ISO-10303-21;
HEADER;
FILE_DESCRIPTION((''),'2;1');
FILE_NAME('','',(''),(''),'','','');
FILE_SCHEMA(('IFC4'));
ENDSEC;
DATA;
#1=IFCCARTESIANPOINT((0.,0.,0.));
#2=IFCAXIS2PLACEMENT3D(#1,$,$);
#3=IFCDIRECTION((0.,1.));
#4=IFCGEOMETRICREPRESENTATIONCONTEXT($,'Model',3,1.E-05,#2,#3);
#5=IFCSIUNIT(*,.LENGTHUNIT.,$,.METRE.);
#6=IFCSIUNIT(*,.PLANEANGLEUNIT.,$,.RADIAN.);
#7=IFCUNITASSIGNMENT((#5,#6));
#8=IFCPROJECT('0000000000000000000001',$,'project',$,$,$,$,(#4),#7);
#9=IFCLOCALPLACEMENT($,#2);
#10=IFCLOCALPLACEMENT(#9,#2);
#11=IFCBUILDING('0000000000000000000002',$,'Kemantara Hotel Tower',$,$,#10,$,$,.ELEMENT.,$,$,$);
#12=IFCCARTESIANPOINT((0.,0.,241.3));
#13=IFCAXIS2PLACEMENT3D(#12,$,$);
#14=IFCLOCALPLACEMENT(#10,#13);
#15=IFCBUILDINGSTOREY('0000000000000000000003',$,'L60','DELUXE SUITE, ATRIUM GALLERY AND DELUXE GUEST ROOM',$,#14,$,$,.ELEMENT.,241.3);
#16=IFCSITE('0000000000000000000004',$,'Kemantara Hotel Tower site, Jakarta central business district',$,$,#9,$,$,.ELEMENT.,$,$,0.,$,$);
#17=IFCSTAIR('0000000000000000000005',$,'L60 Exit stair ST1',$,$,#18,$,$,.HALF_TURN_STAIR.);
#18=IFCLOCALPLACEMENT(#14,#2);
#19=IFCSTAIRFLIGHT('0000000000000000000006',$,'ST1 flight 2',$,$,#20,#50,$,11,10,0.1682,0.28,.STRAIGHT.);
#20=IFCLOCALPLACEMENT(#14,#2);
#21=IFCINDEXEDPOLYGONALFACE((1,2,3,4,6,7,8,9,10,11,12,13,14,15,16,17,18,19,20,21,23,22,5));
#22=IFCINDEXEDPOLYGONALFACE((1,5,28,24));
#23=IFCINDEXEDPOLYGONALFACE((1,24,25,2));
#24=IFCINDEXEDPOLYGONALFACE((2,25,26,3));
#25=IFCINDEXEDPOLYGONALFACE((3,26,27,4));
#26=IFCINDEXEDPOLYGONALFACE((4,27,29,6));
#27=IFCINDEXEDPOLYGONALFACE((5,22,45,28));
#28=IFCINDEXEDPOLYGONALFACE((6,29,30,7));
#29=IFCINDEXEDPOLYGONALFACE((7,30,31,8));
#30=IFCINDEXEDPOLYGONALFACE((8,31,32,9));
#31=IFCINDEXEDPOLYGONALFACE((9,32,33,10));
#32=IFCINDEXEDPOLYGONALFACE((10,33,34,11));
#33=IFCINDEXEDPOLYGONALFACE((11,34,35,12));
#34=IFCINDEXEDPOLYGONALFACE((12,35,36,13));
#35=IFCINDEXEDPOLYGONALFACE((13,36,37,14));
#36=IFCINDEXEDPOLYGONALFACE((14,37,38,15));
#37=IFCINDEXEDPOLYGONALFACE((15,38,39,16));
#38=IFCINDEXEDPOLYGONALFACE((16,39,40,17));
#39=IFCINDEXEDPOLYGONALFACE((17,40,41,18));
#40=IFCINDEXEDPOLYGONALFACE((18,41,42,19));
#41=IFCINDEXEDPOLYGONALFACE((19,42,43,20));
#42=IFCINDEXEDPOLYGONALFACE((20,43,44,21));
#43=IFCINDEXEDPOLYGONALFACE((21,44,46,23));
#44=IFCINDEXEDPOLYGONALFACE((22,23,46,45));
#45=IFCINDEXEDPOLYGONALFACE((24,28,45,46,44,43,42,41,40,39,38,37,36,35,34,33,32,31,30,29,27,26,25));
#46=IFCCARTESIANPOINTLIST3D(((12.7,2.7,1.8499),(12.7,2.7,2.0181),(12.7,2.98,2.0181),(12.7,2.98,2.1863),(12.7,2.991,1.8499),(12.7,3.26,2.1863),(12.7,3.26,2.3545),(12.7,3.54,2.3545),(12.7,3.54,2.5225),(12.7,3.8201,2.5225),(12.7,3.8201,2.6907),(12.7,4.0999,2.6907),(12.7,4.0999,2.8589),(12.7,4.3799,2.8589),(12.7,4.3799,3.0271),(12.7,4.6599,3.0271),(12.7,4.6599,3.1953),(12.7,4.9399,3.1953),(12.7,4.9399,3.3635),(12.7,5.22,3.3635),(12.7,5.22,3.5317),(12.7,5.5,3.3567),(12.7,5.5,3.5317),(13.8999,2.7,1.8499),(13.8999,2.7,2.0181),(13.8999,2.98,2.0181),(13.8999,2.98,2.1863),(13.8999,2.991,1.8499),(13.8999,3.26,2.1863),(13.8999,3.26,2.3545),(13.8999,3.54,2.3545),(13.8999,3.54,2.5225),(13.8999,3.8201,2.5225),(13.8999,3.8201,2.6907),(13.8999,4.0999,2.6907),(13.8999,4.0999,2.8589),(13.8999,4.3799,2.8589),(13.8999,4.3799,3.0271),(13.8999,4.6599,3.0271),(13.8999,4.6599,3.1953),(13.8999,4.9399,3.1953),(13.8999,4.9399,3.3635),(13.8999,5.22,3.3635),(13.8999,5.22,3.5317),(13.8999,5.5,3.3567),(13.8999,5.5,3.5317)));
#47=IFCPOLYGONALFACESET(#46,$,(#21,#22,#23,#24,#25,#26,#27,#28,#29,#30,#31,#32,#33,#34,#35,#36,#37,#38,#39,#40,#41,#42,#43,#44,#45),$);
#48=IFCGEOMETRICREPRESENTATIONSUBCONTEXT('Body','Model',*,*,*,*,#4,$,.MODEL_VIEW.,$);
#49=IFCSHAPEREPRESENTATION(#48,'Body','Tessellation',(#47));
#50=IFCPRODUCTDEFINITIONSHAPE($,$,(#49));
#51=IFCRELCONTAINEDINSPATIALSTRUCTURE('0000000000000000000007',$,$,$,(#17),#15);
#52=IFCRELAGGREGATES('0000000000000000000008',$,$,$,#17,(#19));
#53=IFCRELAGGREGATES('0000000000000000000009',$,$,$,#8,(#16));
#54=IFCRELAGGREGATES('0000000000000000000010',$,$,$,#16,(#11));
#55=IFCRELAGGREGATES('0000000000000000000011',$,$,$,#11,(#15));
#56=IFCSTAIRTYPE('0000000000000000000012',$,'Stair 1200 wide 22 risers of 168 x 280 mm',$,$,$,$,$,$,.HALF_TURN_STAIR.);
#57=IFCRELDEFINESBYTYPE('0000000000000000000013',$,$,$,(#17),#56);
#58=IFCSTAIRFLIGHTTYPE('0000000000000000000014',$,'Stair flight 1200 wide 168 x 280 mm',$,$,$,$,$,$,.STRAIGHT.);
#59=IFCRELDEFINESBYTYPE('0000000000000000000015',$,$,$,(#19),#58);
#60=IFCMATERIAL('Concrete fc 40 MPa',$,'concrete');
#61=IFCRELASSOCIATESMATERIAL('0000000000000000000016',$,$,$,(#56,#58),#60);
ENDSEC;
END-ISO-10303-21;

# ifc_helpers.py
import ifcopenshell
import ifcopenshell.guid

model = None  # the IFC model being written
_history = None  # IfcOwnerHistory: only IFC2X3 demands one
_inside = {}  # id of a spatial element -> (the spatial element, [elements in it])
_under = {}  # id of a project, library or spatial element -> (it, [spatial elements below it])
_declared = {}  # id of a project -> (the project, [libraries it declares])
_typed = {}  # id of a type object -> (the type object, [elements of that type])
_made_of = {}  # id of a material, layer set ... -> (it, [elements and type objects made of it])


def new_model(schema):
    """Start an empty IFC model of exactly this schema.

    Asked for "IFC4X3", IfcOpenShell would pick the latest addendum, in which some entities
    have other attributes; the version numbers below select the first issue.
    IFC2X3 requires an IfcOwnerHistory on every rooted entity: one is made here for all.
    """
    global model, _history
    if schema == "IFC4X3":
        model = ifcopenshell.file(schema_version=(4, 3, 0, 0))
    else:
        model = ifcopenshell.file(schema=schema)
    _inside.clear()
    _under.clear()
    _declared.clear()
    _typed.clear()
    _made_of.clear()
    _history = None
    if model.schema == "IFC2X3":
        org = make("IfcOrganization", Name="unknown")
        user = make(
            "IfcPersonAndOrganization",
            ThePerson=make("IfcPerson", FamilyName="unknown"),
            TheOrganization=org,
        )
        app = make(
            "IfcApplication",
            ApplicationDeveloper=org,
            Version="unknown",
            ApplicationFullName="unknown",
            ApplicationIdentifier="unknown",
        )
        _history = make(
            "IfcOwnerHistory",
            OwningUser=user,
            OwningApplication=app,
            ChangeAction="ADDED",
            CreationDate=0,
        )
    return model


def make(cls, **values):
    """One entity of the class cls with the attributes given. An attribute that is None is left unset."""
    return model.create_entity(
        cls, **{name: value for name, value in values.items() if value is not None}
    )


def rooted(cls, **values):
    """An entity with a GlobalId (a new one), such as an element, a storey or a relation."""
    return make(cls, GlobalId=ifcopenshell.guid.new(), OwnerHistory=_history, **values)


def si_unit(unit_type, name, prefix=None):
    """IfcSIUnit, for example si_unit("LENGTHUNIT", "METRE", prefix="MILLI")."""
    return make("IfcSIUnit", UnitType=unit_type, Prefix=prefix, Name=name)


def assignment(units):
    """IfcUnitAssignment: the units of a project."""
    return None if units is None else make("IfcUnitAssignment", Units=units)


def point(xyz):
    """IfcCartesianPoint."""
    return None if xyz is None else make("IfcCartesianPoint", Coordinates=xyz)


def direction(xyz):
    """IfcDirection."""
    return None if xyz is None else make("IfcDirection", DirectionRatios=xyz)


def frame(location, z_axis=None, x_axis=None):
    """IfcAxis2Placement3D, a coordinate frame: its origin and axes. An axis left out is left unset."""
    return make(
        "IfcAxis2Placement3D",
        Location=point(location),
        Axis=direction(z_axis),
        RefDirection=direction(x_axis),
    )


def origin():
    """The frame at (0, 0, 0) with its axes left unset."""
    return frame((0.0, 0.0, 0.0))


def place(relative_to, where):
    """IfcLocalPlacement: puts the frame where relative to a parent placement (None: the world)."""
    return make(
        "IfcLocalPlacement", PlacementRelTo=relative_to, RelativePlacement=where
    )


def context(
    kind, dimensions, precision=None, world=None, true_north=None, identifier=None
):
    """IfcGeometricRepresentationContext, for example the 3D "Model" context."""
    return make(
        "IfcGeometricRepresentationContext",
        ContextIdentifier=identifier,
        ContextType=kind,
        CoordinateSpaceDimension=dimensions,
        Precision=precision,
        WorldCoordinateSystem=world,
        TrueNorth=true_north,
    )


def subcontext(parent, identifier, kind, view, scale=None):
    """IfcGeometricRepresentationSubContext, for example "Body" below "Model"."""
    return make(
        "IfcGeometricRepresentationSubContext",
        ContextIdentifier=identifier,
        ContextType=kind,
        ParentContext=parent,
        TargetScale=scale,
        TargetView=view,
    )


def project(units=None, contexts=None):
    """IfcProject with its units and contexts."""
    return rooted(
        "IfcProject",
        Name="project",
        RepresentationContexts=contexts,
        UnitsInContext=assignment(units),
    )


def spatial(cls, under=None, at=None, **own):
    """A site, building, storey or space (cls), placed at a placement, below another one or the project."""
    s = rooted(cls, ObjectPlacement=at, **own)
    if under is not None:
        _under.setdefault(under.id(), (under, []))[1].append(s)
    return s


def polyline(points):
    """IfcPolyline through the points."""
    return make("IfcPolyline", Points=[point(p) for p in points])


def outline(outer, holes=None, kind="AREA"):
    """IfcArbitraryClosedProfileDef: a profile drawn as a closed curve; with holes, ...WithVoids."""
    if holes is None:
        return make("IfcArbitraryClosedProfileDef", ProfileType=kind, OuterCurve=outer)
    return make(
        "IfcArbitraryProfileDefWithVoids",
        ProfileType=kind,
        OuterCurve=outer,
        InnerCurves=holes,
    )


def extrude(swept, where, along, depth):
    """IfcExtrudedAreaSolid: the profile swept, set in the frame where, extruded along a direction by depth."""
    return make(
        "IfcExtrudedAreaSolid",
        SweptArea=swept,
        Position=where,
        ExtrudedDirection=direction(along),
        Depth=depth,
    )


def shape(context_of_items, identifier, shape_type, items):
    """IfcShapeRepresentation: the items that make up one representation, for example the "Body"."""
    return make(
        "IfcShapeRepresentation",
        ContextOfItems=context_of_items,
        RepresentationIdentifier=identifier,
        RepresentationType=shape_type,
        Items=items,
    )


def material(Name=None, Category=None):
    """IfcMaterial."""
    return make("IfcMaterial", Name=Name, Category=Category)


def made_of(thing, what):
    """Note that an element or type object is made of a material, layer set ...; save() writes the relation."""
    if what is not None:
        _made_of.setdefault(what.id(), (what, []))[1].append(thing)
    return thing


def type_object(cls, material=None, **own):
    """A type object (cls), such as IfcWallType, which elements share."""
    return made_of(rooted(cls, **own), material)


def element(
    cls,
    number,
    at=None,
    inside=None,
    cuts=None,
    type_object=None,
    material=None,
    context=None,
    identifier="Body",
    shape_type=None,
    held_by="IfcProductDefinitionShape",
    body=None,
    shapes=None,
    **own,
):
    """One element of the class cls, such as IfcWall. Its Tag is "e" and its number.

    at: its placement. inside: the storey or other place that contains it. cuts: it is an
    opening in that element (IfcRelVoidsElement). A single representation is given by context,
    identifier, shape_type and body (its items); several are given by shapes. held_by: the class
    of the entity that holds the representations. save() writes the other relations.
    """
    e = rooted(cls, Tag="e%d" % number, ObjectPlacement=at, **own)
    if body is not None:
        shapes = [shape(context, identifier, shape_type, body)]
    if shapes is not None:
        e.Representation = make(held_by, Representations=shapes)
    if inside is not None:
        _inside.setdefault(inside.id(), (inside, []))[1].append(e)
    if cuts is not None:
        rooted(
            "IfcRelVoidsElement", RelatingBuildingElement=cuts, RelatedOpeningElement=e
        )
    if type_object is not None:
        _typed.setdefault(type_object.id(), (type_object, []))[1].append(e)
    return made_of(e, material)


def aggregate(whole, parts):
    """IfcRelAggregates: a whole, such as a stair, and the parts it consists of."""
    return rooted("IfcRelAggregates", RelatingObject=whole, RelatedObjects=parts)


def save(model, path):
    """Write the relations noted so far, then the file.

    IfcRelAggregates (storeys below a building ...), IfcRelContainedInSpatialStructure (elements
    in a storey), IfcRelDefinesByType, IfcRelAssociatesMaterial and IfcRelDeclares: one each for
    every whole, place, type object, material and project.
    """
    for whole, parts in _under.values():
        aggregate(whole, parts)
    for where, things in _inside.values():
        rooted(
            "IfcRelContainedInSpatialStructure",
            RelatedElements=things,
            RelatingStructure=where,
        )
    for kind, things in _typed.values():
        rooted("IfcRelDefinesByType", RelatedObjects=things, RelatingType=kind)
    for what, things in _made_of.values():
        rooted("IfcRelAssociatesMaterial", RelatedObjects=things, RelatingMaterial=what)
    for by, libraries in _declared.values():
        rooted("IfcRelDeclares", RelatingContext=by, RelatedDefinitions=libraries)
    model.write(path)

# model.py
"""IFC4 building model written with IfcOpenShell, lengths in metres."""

from ifc_helpers import new_model, si_unit, direction, frame, origin, place, context, subcontext, project, spatial, polyline, outline, extrude, material, type_object, element, aggregate, save


model = new_model("IFC4")

# Units and contexts
model_context = context("Model", 3, precision=1e-05, world=origin(), true_north=direction((0.0, 1.0)))
body_context = subcontext(model_context, "Body", "Model", "MODEL_VIEW")
ifc_project = project(units=[si_unit("LENGTHUNIT", "METRE"), si_unit("PLANEANGLEUNIT", "RADIAN")], contexts=[model_context])

# Site, building, storey
site_placement = place(None, origin())
site = spatial("IfcSite", under=ifc_project, at=site_placement, Name="Kemantara Hotel Tower site, Jakarta central business district", CompositionType="ELEMENT", RefElevation=0.0)
building_placement = place(site_placement, origin())
building = spatial("IfcBuilding", under=site, at=building_placement, Name="Kemantara Hotel Tower", CompositionType="ELEMENT")
storey_placement = place(building_placement, frame((0.0, 0.0, 241.3)))
storey = spatial("IfcBuildingStorey", under=building, at=storey_placement, Name="L60", Description="DELUXE SUITE, ATRIUM GALLERY AND DELUXE GUEST ROOM", CompositionType="ELEMENT", Elevation=241.3)

# Stair, stair flight
ifc_material_1 = material(Name="Concrete fc 40 MPa", Category="concrete")
stair_type = type_object("IfcStairType", Name="Stair 1200 wide 22 risers of 168 x 280 mm", PredefinedType="HALF_TURN_STAIR", material=ifc_material_1)
stair_placement = place(storey_placement, origin())
stair = element("IfcStair", 1, at=stair_placement, inside=storey, type_object=stair_type, Name="L60 Exit stair ST1", PredefinedType="HALF_TURN_STAIR")
stair_flight_type = type_object("IfcStairFlightType", Name="Stair flight 1200 wide 168 x 280 mm", PredefinedType="STRAIGHT", material=ifc_material_1)
stair_flight_placement = place(storey_placement, frame((13.3, 2.7, 1.8499), z_axis=(0.0, 0.0, 1.0), x_axis=(0.0, 1.0, 0.0)))
stair_flight = element("IfcStairFlight", 2, at=stair_flight_placement, type_object=stair_flight_type, Name="ST1 flight 2", NumberOfRisers=11, NumberOfTreads=10, PredefinedType="STRAIGHT", RiserHeight=0.1682, TreadLength=0.28, context=body_context, shape_type="SweptSolid", body=[
    extrude(outline(polyline([(0.0, 0.0), (0.0, 0.1682), (0.28, 0.1682), (0.28, 0.3364), (0.5601, 0.3364), (0.5601, 0.5046), (0.8401, 0.5046), (0.8401, 0.6726), (1.1201, 0.6726), (1.1201, 0.8408), (1.3999, 0.8408), (1.3999, 1.009), (1.6799, 1.009), (1.6799, 1.1772), (1.96, 1.1772), (1.96, 1.3455), (2.24, 1.3455), (2.24, 1.5137), (2.52, 1.5137), (2.52, 1.6819), (2.8, 1.6819), (2.8, 1.8501), (2.8, 1.5068), (0.291, 0.0), (0.0, 0.0)])), frame((0.0, 0.6001, 0.0), z_axis=(0.0, -1.0, 0.0), x_axis=(1.0, 0.0, 0.0)), (0.0, 0.0, 1.0), 1.2),
])
aggregate(stair, [stair_flight])

save(model, "model.ifc")
